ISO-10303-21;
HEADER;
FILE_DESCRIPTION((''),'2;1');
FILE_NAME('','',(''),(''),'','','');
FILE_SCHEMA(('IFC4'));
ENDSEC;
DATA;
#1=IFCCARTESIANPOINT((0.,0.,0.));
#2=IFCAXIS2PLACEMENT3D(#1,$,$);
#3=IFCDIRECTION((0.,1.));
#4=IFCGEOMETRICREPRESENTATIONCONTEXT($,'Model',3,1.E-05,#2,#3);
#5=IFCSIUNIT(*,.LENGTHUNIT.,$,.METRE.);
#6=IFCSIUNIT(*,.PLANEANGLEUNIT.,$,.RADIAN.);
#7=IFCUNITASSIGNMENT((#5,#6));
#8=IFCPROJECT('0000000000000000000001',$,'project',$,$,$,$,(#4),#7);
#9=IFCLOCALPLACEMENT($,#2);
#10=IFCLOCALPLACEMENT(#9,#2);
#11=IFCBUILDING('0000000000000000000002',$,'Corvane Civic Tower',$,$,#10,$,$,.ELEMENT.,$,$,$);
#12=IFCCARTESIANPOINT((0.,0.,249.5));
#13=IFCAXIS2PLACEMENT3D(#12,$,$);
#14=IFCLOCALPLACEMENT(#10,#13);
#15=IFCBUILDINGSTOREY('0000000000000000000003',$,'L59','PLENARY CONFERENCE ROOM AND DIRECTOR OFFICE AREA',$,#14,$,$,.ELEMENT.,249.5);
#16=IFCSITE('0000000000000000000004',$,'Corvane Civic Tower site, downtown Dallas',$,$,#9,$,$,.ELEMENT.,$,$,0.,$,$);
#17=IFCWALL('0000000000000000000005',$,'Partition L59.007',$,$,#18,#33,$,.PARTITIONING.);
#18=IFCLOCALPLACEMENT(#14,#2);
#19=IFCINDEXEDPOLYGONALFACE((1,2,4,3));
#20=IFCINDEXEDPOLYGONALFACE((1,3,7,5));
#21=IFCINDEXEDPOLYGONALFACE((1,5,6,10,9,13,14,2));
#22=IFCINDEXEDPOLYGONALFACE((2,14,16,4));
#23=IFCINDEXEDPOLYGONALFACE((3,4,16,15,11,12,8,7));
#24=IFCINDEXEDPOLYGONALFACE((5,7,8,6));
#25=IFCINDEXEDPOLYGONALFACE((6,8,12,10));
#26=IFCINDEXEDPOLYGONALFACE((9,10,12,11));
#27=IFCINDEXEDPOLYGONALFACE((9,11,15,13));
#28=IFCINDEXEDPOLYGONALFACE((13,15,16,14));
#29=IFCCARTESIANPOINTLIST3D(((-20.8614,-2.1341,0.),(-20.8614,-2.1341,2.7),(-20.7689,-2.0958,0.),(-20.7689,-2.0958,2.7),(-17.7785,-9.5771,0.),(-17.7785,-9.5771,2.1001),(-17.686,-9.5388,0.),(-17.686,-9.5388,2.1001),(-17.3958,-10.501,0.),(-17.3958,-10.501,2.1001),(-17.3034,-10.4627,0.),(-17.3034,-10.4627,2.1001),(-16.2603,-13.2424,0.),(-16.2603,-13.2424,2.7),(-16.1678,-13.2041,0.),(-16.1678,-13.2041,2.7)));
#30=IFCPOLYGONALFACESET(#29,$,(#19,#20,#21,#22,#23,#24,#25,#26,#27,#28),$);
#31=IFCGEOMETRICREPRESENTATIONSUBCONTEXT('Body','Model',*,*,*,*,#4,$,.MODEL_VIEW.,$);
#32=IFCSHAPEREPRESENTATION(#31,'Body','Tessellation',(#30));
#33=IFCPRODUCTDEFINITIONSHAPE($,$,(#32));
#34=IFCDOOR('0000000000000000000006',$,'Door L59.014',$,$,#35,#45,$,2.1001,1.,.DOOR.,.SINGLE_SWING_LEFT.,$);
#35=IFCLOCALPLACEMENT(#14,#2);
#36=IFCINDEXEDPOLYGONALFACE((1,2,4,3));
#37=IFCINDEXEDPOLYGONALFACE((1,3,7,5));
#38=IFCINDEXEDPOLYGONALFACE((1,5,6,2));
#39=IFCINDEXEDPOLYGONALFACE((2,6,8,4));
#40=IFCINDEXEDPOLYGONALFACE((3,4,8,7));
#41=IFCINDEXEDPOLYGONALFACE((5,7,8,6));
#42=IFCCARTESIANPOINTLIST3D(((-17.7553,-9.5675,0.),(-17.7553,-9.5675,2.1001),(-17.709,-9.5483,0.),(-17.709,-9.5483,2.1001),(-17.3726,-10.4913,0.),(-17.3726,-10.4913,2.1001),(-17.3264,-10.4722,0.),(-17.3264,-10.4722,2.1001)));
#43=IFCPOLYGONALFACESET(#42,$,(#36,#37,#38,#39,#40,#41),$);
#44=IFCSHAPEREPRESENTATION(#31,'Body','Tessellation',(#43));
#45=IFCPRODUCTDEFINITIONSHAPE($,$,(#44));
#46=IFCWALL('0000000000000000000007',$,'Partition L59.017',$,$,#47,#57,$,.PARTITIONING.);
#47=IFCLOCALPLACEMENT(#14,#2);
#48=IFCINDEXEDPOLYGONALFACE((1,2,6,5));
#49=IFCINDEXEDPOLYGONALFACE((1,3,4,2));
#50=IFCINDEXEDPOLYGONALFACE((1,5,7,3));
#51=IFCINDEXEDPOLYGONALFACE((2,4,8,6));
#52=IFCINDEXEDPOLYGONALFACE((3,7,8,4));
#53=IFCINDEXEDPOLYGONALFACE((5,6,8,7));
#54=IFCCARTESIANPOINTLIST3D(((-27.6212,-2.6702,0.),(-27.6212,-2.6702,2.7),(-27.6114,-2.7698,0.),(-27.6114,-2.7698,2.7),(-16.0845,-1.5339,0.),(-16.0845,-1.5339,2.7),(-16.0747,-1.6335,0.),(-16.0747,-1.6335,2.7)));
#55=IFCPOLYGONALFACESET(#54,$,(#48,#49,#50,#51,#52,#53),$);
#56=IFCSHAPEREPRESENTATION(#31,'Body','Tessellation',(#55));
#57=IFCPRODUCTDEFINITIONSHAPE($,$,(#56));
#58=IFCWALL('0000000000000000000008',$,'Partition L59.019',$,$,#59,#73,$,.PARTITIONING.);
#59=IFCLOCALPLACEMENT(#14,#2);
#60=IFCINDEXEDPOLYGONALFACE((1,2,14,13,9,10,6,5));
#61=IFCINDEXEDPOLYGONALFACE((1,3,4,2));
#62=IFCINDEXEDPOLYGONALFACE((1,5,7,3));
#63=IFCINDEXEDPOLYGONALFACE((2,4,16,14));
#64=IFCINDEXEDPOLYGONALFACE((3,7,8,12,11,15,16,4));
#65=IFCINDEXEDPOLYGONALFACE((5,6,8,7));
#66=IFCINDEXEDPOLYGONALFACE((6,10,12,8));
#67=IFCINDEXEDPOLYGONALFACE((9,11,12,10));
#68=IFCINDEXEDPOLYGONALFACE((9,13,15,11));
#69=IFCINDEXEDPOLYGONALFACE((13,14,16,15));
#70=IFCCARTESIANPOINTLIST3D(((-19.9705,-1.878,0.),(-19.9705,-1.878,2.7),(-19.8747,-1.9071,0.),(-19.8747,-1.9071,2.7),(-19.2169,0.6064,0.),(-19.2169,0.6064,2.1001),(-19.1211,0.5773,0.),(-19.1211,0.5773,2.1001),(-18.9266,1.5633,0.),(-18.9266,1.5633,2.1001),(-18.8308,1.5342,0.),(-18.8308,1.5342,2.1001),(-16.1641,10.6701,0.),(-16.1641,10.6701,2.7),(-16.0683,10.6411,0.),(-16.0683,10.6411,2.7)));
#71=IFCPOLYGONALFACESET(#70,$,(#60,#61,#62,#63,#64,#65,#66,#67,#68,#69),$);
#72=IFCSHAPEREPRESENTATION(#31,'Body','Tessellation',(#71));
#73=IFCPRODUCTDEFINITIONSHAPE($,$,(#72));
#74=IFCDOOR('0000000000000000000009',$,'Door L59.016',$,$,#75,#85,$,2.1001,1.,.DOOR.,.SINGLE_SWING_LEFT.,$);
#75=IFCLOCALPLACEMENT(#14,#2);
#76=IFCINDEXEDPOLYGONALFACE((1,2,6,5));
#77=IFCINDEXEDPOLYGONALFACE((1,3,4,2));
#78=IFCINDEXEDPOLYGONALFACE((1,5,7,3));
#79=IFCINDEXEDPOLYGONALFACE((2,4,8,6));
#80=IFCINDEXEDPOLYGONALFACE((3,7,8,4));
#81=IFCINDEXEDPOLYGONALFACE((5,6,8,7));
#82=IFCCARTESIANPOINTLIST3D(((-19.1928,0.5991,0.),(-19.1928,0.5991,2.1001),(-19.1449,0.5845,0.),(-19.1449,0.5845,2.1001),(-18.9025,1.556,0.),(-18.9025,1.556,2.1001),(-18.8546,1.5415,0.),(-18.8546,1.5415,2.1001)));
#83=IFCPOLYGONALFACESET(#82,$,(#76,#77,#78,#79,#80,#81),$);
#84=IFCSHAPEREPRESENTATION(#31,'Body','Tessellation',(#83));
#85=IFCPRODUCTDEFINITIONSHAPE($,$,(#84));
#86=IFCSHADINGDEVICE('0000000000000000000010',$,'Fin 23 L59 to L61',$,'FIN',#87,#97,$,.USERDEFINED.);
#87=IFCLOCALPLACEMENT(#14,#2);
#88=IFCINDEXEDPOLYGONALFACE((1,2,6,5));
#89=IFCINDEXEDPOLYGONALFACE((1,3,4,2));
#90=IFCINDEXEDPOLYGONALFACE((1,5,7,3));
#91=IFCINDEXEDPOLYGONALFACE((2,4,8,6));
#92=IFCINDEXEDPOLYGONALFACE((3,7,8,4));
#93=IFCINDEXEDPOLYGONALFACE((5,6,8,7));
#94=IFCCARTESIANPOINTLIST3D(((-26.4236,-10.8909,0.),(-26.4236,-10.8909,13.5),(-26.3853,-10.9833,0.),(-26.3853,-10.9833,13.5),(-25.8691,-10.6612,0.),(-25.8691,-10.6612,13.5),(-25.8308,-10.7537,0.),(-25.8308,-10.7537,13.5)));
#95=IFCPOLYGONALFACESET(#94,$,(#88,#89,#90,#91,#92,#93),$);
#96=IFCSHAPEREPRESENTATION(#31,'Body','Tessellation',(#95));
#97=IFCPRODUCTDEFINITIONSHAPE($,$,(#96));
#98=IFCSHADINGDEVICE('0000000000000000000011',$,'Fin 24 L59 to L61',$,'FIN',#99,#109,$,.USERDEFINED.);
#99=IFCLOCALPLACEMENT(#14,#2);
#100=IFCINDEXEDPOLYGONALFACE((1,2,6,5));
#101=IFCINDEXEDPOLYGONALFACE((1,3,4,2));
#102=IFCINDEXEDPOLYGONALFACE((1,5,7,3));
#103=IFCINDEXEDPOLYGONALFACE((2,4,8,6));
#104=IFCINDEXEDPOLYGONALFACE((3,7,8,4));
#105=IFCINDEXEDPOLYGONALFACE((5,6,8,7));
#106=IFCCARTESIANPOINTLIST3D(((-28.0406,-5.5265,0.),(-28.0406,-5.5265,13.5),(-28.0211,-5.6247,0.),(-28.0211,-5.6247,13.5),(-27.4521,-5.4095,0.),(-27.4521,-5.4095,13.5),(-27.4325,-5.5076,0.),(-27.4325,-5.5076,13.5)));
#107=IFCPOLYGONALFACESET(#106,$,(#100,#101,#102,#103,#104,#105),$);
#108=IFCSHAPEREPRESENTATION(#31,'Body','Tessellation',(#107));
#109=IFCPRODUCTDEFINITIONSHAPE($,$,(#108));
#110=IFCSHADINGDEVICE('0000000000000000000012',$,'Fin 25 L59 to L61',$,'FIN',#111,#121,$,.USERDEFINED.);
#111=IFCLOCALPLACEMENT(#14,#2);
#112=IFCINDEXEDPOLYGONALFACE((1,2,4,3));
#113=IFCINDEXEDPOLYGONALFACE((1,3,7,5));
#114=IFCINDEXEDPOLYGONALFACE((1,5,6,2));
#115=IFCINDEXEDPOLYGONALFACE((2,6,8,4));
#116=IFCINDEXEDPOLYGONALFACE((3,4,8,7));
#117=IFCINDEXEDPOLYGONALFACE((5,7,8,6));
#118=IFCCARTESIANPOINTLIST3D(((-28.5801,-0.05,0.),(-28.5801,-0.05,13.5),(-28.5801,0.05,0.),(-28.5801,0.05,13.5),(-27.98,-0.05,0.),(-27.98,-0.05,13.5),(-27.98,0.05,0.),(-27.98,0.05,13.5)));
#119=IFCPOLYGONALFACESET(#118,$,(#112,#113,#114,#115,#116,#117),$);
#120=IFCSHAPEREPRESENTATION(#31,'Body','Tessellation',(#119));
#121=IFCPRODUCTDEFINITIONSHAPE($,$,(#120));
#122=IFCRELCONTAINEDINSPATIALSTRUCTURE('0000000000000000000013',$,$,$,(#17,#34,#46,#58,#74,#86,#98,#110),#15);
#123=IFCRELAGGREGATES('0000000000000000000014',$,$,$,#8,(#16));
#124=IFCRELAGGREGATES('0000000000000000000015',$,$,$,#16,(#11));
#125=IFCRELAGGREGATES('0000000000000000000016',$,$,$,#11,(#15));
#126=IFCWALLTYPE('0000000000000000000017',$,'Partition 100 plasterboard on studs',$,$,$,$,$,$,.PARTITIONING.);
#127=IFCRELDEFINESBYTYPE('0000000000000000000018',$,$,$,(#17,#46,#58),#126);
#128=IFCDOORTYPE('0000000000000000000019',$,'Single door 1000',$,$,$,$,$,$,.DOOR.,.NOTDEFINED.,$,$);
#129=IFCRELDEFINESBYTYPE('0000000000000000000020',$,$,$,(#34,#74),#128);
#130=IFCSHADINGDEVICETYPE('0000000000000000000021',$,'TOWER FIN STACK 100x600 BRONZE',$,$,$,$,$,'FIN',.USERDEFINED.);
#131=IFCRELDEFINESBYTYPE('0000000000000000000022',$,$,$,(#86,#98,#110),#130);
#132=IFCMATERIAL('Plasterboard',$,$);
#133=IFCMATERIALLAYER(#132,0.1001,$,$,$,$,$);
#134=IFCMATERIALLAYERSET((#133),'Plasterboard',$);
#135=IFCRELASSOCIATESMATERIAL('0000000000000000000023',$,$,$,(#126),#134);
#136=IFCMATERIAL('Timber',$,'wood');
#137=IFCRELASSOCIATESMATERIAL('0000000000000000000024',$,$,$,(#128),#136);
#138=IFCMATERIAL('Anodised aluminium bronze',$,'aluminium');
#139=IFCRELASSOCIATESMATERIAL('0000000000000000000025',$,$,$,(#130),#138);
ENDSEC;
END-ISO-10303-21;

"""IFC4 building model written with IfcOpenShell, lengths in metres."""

from ifc_helpers import new_model, si_unit, direction, frame, frame_2d, origin, origin_2d, place, context, subcontext, project, spatial, rectangle, extrude, material, layer, layer_set, material_profile, profile_set, type_object, element, fill, save


model = new_model("IFC4")

# Units and contexts
model_context = context("Model", 3, precision=1e-05, world=origin(), true_north=direction((0.0, 1.0)))
body_context = subcontext(model_context, "Body", "Model", "MODEL_VIEW")
ifc_project = project(units=[si_unit("LENGTHUNIT", "METRE"), si_unit("PLANEANGLEUNIT", "RADIAN")], contexts=[model_context])

# Site, building, storey
site_placement = place(None, origin())
site = spatial("IfcSite", under=ifc_project, at=site_placement, Name="Corvane Civic Tower site, downtown Dallas", CompositionType="ELEMENT", RefElevation=0.0)
building_placement = place(site_placement, origin())
building = spatial("IfcBuilding", under=site, at=building_placement, Name="Corvane Civic Tower", CompositionType="ELEMENT")
storey_placement = place(building_placement, frame((0.0, 0.0, 249.5)))
storey = spatial("IfcBuildingStorey", under=building, at=storey_placement, Name="L59", Description="PLENARY CONFERENCE ROOM AND DIRECTOR OFFICE AREA", CompositionType="ELEMENT", Elevation=249.5)

# Wall, opening, door
ifc_material_1 = material(Name="Plasterboard")
ifc_layer_1 = layer(ifc_material_1, 0.1001)
ifc_layer_set_1 = layer_set([ifc_layer_1], Name="Plasterboard")
wall_type_1 = type_object("IfcWallType", Name="Partition 100 plasterboard on studs", PredefinedType="PARTITIONING", material=ifc_layer_set_1)
wall_1_placement = place(storey_placement, frame((-20.8152, -2.115, 0.0), z_axis=(0.0, 0.0, 1.0), x_axis=(0.382678, -0.923882, 0.0)))
wall_1 = element("IfcWall", 1, at=wall_1_placement, inside=storey, type_object=wall_type_1, Name="Partition L59.007", PredefinedType="PARTITIONING", context=body_context, shape_type="SweptSolid", body=[
    extrude(rectangle(XDim=12.0234, YDim=0.1001, at=frame_2d((6.0117, 0.0))), origin(), (0.0, 0.0, 1.0), 2.7),
])
opening_1_placement = place(wall_1_placement, frame((8.0562, 0.0, 0.0)))
opening_1 = element("IfcOpeningElement", 2, at=opening_1_placement, cuts=wall_1, PredefinedType="OPENING", context=body_context, shape_type="SweptSolid", body=[
    extrude(rectangle(XDim=1.0, YDim=2.1001, at=frame_2d((0.5, 1.05))), frame((0.0, 0.0601, 0.0), z_axis=(0.0, -1.0, 0.0), x_axis=(1.0, 0.0, 0.0)), (0.0, 0.0, 1.0), 0.1201),
])
ifc_material_2 = material(Name="Timber", Category="wood")
door_type = type_object("IfcDoorType", Name="Single door 1000", OperationType="NOTDEFINED", PredefinedType="DOOR", material=ifc_material_2)
door_1_placement = place(opening_1_placement, frame((1.0, 0.0, 0.0), z_axis=(0.0, 0.0, 1.0), x_axis=(-1.0, 0.0, 0.0)))
door_1 = element("IfcDoor", 3, at=door_1_placement, inside=storey, type_object=door_type, Name="Door L59.014", OperationType="SINGLE_SWING_LEFT", OverallHeight=2.1001, OverallWidth=1.0, PredefinedType="DOOR", context=body_context, shape_type="SweptSolid", body=[
    extrude(rectangle(XDim=1.0, YDim=2.1001, at=frame_2d((0.5, 1.05))), frame((0.0, 0.0249, 0.0), z_axis=(0.0, -1.0, 0.0), x_axis=(1.0, 0.0, 0.0)), (0.0, 0.0, 1.0), 0.05),
])
fill(opening_1, door_1)

# Wall
wall_2_placement = place(storey_placement, frame((-27.6165, -2.72, 0.0), z_axis=(0.0, 0.0, 1.0), x_axis=(0.995185, 0.098015, 0.0)))
element("IfcWall", 4, at=wall_2_placement, inside=storey, type_object=wall_type_1, Name="Partition L59.017", PredefinedType="PARTITIONING", context=body_context, shape_type="SweptSolid", body=[
    extrude(rectangle(XDim=11.5925, YDim=0.1001, at=frame_2d((5.7964, 0.0))), origin(), (0.0, 0.0, 1.0), 2.7),
])

# Wall, opening, door
wall_3_placement = place(storey_placement, frame((-19.9226, -1.8926, 0.0), z_axis=(0.0, 0.0, 1.0), x_axis=(0.290283, 0.956941, 0.0)))
wall_3 = element("IfcWall", 5, at=wall_3_placement, inside=storey, type_object=wall_type_1, Name="Partition L59.019", PredefinedType="PARTITIONING", context=body_context, shape_type="SweptSolid", body=[
    extrude(rectangle(XDim=13.1128, YDim=0.1001, at=frame_2d((6.5564, 0.0))), origin(), (0.0, 0.0, 1.0), 2.7),
])
opening_2_placement = place(wall_3_placement, frame((2.5962, 0.0, 0.0)))
opening_2 = element("IfcOpeningElement", 6, at=opening_2_placement, cuts=wall_3, PredefinedType="OPENING", context=body_context, shape_type="SweptSolid", body=[
    extrude(rectangle(XDim=1.0, YDim=2.1001, at=frame_2d((0.5, 1.05))), frame((0.0, 0.0601, 0.0), z_axis=(0.0, -1.0, 0.0), x_axis=(1.0, 0.0, 0.0)), (0.0, 0.0, 1.0), 0.1201),
])
door_2_placement = place(opening_2_placement, origin())
door_2 = element("IfcDoor", 7, at=door_2_placement, inside=storey, type_object=door_type, Name="Door L59.016", OperationType="SINGLE_SWING_LEFT", OverallHeight=2.1001, OverallWidth=1.0, PredefinedType="DOOR", context=body_context, shape_type="SweptSolid", body=[
    extrude(rectangle(XDim=1.0, YDim=2.1001, at=frame_2d((0.5, 1.05))), frame((0.0, 0.0249, 0.0), z_axis=(0.0, -1.0, 0.0), x_axis=(1.0, 0.0, 0.0)), (0.0, 0.0, 1.0), 0.05),
])
fill(opening_2, door_2)

# Shading devices
ifc_material_3 = material(Name="Anodised aluminium bronze", Category="aluminium")
ifc_material_profile_1 = material_profile(ifc_material_3, rectangle(XDim=0.1001, YDim=0.6001, at=origin_2d()), Name="TOWER FIN STACK 100x600 BRONZE")
ifc_profile_set_1 = profile_set([ifc_material_profile_1], Name="Anodised aluminium bronze")
shading_device_type = type_object("IfcShadingDeviceType", Name="TOWER FIN STACK 100x600 BRONZE", ElementType="FIN", PredefinedType="USERDEFINED", material=ifc_profile_set_1)
for number, where, z_axis, x_axis, name in (
    (8, (-26.1272, -10.8223, 0.0), (0.0, 0.0, 1.0), (-0.382683, 0.92388, 0.0), "Fin 23 L59 to L61"),
    (9, (-27.7366, -5.5171, 0.0), (0.0, 0.0, 1.0), (-0.19509, 0.980785, 0.0), "Fin 24 L59 to L61"),
    (10, (-28.28, 0.0, 0.0), (0.0, 0.0, 1.0), (0.0, 1.0, 0.0), "Fin 25 L59 to L61"),
):
    element("IfcShadingDevice", number, at=place(storey_placement, frame(where, z_axis=z_axis, x_axis=x_axis)), inside=storey, type_object=shading_device_type, Name=name, ObjectType="FIN", PredefinedType="USERDEFINED", context=body_context, shape_type="SweptSolid", body=[
        extrude(rectangle(XDim=0.1001, YDim=0.6001, at=origin_2d()), origin(), (0.0, 0.0, 1.0), 13.5),
    ])

save(model, "model.ifc")
